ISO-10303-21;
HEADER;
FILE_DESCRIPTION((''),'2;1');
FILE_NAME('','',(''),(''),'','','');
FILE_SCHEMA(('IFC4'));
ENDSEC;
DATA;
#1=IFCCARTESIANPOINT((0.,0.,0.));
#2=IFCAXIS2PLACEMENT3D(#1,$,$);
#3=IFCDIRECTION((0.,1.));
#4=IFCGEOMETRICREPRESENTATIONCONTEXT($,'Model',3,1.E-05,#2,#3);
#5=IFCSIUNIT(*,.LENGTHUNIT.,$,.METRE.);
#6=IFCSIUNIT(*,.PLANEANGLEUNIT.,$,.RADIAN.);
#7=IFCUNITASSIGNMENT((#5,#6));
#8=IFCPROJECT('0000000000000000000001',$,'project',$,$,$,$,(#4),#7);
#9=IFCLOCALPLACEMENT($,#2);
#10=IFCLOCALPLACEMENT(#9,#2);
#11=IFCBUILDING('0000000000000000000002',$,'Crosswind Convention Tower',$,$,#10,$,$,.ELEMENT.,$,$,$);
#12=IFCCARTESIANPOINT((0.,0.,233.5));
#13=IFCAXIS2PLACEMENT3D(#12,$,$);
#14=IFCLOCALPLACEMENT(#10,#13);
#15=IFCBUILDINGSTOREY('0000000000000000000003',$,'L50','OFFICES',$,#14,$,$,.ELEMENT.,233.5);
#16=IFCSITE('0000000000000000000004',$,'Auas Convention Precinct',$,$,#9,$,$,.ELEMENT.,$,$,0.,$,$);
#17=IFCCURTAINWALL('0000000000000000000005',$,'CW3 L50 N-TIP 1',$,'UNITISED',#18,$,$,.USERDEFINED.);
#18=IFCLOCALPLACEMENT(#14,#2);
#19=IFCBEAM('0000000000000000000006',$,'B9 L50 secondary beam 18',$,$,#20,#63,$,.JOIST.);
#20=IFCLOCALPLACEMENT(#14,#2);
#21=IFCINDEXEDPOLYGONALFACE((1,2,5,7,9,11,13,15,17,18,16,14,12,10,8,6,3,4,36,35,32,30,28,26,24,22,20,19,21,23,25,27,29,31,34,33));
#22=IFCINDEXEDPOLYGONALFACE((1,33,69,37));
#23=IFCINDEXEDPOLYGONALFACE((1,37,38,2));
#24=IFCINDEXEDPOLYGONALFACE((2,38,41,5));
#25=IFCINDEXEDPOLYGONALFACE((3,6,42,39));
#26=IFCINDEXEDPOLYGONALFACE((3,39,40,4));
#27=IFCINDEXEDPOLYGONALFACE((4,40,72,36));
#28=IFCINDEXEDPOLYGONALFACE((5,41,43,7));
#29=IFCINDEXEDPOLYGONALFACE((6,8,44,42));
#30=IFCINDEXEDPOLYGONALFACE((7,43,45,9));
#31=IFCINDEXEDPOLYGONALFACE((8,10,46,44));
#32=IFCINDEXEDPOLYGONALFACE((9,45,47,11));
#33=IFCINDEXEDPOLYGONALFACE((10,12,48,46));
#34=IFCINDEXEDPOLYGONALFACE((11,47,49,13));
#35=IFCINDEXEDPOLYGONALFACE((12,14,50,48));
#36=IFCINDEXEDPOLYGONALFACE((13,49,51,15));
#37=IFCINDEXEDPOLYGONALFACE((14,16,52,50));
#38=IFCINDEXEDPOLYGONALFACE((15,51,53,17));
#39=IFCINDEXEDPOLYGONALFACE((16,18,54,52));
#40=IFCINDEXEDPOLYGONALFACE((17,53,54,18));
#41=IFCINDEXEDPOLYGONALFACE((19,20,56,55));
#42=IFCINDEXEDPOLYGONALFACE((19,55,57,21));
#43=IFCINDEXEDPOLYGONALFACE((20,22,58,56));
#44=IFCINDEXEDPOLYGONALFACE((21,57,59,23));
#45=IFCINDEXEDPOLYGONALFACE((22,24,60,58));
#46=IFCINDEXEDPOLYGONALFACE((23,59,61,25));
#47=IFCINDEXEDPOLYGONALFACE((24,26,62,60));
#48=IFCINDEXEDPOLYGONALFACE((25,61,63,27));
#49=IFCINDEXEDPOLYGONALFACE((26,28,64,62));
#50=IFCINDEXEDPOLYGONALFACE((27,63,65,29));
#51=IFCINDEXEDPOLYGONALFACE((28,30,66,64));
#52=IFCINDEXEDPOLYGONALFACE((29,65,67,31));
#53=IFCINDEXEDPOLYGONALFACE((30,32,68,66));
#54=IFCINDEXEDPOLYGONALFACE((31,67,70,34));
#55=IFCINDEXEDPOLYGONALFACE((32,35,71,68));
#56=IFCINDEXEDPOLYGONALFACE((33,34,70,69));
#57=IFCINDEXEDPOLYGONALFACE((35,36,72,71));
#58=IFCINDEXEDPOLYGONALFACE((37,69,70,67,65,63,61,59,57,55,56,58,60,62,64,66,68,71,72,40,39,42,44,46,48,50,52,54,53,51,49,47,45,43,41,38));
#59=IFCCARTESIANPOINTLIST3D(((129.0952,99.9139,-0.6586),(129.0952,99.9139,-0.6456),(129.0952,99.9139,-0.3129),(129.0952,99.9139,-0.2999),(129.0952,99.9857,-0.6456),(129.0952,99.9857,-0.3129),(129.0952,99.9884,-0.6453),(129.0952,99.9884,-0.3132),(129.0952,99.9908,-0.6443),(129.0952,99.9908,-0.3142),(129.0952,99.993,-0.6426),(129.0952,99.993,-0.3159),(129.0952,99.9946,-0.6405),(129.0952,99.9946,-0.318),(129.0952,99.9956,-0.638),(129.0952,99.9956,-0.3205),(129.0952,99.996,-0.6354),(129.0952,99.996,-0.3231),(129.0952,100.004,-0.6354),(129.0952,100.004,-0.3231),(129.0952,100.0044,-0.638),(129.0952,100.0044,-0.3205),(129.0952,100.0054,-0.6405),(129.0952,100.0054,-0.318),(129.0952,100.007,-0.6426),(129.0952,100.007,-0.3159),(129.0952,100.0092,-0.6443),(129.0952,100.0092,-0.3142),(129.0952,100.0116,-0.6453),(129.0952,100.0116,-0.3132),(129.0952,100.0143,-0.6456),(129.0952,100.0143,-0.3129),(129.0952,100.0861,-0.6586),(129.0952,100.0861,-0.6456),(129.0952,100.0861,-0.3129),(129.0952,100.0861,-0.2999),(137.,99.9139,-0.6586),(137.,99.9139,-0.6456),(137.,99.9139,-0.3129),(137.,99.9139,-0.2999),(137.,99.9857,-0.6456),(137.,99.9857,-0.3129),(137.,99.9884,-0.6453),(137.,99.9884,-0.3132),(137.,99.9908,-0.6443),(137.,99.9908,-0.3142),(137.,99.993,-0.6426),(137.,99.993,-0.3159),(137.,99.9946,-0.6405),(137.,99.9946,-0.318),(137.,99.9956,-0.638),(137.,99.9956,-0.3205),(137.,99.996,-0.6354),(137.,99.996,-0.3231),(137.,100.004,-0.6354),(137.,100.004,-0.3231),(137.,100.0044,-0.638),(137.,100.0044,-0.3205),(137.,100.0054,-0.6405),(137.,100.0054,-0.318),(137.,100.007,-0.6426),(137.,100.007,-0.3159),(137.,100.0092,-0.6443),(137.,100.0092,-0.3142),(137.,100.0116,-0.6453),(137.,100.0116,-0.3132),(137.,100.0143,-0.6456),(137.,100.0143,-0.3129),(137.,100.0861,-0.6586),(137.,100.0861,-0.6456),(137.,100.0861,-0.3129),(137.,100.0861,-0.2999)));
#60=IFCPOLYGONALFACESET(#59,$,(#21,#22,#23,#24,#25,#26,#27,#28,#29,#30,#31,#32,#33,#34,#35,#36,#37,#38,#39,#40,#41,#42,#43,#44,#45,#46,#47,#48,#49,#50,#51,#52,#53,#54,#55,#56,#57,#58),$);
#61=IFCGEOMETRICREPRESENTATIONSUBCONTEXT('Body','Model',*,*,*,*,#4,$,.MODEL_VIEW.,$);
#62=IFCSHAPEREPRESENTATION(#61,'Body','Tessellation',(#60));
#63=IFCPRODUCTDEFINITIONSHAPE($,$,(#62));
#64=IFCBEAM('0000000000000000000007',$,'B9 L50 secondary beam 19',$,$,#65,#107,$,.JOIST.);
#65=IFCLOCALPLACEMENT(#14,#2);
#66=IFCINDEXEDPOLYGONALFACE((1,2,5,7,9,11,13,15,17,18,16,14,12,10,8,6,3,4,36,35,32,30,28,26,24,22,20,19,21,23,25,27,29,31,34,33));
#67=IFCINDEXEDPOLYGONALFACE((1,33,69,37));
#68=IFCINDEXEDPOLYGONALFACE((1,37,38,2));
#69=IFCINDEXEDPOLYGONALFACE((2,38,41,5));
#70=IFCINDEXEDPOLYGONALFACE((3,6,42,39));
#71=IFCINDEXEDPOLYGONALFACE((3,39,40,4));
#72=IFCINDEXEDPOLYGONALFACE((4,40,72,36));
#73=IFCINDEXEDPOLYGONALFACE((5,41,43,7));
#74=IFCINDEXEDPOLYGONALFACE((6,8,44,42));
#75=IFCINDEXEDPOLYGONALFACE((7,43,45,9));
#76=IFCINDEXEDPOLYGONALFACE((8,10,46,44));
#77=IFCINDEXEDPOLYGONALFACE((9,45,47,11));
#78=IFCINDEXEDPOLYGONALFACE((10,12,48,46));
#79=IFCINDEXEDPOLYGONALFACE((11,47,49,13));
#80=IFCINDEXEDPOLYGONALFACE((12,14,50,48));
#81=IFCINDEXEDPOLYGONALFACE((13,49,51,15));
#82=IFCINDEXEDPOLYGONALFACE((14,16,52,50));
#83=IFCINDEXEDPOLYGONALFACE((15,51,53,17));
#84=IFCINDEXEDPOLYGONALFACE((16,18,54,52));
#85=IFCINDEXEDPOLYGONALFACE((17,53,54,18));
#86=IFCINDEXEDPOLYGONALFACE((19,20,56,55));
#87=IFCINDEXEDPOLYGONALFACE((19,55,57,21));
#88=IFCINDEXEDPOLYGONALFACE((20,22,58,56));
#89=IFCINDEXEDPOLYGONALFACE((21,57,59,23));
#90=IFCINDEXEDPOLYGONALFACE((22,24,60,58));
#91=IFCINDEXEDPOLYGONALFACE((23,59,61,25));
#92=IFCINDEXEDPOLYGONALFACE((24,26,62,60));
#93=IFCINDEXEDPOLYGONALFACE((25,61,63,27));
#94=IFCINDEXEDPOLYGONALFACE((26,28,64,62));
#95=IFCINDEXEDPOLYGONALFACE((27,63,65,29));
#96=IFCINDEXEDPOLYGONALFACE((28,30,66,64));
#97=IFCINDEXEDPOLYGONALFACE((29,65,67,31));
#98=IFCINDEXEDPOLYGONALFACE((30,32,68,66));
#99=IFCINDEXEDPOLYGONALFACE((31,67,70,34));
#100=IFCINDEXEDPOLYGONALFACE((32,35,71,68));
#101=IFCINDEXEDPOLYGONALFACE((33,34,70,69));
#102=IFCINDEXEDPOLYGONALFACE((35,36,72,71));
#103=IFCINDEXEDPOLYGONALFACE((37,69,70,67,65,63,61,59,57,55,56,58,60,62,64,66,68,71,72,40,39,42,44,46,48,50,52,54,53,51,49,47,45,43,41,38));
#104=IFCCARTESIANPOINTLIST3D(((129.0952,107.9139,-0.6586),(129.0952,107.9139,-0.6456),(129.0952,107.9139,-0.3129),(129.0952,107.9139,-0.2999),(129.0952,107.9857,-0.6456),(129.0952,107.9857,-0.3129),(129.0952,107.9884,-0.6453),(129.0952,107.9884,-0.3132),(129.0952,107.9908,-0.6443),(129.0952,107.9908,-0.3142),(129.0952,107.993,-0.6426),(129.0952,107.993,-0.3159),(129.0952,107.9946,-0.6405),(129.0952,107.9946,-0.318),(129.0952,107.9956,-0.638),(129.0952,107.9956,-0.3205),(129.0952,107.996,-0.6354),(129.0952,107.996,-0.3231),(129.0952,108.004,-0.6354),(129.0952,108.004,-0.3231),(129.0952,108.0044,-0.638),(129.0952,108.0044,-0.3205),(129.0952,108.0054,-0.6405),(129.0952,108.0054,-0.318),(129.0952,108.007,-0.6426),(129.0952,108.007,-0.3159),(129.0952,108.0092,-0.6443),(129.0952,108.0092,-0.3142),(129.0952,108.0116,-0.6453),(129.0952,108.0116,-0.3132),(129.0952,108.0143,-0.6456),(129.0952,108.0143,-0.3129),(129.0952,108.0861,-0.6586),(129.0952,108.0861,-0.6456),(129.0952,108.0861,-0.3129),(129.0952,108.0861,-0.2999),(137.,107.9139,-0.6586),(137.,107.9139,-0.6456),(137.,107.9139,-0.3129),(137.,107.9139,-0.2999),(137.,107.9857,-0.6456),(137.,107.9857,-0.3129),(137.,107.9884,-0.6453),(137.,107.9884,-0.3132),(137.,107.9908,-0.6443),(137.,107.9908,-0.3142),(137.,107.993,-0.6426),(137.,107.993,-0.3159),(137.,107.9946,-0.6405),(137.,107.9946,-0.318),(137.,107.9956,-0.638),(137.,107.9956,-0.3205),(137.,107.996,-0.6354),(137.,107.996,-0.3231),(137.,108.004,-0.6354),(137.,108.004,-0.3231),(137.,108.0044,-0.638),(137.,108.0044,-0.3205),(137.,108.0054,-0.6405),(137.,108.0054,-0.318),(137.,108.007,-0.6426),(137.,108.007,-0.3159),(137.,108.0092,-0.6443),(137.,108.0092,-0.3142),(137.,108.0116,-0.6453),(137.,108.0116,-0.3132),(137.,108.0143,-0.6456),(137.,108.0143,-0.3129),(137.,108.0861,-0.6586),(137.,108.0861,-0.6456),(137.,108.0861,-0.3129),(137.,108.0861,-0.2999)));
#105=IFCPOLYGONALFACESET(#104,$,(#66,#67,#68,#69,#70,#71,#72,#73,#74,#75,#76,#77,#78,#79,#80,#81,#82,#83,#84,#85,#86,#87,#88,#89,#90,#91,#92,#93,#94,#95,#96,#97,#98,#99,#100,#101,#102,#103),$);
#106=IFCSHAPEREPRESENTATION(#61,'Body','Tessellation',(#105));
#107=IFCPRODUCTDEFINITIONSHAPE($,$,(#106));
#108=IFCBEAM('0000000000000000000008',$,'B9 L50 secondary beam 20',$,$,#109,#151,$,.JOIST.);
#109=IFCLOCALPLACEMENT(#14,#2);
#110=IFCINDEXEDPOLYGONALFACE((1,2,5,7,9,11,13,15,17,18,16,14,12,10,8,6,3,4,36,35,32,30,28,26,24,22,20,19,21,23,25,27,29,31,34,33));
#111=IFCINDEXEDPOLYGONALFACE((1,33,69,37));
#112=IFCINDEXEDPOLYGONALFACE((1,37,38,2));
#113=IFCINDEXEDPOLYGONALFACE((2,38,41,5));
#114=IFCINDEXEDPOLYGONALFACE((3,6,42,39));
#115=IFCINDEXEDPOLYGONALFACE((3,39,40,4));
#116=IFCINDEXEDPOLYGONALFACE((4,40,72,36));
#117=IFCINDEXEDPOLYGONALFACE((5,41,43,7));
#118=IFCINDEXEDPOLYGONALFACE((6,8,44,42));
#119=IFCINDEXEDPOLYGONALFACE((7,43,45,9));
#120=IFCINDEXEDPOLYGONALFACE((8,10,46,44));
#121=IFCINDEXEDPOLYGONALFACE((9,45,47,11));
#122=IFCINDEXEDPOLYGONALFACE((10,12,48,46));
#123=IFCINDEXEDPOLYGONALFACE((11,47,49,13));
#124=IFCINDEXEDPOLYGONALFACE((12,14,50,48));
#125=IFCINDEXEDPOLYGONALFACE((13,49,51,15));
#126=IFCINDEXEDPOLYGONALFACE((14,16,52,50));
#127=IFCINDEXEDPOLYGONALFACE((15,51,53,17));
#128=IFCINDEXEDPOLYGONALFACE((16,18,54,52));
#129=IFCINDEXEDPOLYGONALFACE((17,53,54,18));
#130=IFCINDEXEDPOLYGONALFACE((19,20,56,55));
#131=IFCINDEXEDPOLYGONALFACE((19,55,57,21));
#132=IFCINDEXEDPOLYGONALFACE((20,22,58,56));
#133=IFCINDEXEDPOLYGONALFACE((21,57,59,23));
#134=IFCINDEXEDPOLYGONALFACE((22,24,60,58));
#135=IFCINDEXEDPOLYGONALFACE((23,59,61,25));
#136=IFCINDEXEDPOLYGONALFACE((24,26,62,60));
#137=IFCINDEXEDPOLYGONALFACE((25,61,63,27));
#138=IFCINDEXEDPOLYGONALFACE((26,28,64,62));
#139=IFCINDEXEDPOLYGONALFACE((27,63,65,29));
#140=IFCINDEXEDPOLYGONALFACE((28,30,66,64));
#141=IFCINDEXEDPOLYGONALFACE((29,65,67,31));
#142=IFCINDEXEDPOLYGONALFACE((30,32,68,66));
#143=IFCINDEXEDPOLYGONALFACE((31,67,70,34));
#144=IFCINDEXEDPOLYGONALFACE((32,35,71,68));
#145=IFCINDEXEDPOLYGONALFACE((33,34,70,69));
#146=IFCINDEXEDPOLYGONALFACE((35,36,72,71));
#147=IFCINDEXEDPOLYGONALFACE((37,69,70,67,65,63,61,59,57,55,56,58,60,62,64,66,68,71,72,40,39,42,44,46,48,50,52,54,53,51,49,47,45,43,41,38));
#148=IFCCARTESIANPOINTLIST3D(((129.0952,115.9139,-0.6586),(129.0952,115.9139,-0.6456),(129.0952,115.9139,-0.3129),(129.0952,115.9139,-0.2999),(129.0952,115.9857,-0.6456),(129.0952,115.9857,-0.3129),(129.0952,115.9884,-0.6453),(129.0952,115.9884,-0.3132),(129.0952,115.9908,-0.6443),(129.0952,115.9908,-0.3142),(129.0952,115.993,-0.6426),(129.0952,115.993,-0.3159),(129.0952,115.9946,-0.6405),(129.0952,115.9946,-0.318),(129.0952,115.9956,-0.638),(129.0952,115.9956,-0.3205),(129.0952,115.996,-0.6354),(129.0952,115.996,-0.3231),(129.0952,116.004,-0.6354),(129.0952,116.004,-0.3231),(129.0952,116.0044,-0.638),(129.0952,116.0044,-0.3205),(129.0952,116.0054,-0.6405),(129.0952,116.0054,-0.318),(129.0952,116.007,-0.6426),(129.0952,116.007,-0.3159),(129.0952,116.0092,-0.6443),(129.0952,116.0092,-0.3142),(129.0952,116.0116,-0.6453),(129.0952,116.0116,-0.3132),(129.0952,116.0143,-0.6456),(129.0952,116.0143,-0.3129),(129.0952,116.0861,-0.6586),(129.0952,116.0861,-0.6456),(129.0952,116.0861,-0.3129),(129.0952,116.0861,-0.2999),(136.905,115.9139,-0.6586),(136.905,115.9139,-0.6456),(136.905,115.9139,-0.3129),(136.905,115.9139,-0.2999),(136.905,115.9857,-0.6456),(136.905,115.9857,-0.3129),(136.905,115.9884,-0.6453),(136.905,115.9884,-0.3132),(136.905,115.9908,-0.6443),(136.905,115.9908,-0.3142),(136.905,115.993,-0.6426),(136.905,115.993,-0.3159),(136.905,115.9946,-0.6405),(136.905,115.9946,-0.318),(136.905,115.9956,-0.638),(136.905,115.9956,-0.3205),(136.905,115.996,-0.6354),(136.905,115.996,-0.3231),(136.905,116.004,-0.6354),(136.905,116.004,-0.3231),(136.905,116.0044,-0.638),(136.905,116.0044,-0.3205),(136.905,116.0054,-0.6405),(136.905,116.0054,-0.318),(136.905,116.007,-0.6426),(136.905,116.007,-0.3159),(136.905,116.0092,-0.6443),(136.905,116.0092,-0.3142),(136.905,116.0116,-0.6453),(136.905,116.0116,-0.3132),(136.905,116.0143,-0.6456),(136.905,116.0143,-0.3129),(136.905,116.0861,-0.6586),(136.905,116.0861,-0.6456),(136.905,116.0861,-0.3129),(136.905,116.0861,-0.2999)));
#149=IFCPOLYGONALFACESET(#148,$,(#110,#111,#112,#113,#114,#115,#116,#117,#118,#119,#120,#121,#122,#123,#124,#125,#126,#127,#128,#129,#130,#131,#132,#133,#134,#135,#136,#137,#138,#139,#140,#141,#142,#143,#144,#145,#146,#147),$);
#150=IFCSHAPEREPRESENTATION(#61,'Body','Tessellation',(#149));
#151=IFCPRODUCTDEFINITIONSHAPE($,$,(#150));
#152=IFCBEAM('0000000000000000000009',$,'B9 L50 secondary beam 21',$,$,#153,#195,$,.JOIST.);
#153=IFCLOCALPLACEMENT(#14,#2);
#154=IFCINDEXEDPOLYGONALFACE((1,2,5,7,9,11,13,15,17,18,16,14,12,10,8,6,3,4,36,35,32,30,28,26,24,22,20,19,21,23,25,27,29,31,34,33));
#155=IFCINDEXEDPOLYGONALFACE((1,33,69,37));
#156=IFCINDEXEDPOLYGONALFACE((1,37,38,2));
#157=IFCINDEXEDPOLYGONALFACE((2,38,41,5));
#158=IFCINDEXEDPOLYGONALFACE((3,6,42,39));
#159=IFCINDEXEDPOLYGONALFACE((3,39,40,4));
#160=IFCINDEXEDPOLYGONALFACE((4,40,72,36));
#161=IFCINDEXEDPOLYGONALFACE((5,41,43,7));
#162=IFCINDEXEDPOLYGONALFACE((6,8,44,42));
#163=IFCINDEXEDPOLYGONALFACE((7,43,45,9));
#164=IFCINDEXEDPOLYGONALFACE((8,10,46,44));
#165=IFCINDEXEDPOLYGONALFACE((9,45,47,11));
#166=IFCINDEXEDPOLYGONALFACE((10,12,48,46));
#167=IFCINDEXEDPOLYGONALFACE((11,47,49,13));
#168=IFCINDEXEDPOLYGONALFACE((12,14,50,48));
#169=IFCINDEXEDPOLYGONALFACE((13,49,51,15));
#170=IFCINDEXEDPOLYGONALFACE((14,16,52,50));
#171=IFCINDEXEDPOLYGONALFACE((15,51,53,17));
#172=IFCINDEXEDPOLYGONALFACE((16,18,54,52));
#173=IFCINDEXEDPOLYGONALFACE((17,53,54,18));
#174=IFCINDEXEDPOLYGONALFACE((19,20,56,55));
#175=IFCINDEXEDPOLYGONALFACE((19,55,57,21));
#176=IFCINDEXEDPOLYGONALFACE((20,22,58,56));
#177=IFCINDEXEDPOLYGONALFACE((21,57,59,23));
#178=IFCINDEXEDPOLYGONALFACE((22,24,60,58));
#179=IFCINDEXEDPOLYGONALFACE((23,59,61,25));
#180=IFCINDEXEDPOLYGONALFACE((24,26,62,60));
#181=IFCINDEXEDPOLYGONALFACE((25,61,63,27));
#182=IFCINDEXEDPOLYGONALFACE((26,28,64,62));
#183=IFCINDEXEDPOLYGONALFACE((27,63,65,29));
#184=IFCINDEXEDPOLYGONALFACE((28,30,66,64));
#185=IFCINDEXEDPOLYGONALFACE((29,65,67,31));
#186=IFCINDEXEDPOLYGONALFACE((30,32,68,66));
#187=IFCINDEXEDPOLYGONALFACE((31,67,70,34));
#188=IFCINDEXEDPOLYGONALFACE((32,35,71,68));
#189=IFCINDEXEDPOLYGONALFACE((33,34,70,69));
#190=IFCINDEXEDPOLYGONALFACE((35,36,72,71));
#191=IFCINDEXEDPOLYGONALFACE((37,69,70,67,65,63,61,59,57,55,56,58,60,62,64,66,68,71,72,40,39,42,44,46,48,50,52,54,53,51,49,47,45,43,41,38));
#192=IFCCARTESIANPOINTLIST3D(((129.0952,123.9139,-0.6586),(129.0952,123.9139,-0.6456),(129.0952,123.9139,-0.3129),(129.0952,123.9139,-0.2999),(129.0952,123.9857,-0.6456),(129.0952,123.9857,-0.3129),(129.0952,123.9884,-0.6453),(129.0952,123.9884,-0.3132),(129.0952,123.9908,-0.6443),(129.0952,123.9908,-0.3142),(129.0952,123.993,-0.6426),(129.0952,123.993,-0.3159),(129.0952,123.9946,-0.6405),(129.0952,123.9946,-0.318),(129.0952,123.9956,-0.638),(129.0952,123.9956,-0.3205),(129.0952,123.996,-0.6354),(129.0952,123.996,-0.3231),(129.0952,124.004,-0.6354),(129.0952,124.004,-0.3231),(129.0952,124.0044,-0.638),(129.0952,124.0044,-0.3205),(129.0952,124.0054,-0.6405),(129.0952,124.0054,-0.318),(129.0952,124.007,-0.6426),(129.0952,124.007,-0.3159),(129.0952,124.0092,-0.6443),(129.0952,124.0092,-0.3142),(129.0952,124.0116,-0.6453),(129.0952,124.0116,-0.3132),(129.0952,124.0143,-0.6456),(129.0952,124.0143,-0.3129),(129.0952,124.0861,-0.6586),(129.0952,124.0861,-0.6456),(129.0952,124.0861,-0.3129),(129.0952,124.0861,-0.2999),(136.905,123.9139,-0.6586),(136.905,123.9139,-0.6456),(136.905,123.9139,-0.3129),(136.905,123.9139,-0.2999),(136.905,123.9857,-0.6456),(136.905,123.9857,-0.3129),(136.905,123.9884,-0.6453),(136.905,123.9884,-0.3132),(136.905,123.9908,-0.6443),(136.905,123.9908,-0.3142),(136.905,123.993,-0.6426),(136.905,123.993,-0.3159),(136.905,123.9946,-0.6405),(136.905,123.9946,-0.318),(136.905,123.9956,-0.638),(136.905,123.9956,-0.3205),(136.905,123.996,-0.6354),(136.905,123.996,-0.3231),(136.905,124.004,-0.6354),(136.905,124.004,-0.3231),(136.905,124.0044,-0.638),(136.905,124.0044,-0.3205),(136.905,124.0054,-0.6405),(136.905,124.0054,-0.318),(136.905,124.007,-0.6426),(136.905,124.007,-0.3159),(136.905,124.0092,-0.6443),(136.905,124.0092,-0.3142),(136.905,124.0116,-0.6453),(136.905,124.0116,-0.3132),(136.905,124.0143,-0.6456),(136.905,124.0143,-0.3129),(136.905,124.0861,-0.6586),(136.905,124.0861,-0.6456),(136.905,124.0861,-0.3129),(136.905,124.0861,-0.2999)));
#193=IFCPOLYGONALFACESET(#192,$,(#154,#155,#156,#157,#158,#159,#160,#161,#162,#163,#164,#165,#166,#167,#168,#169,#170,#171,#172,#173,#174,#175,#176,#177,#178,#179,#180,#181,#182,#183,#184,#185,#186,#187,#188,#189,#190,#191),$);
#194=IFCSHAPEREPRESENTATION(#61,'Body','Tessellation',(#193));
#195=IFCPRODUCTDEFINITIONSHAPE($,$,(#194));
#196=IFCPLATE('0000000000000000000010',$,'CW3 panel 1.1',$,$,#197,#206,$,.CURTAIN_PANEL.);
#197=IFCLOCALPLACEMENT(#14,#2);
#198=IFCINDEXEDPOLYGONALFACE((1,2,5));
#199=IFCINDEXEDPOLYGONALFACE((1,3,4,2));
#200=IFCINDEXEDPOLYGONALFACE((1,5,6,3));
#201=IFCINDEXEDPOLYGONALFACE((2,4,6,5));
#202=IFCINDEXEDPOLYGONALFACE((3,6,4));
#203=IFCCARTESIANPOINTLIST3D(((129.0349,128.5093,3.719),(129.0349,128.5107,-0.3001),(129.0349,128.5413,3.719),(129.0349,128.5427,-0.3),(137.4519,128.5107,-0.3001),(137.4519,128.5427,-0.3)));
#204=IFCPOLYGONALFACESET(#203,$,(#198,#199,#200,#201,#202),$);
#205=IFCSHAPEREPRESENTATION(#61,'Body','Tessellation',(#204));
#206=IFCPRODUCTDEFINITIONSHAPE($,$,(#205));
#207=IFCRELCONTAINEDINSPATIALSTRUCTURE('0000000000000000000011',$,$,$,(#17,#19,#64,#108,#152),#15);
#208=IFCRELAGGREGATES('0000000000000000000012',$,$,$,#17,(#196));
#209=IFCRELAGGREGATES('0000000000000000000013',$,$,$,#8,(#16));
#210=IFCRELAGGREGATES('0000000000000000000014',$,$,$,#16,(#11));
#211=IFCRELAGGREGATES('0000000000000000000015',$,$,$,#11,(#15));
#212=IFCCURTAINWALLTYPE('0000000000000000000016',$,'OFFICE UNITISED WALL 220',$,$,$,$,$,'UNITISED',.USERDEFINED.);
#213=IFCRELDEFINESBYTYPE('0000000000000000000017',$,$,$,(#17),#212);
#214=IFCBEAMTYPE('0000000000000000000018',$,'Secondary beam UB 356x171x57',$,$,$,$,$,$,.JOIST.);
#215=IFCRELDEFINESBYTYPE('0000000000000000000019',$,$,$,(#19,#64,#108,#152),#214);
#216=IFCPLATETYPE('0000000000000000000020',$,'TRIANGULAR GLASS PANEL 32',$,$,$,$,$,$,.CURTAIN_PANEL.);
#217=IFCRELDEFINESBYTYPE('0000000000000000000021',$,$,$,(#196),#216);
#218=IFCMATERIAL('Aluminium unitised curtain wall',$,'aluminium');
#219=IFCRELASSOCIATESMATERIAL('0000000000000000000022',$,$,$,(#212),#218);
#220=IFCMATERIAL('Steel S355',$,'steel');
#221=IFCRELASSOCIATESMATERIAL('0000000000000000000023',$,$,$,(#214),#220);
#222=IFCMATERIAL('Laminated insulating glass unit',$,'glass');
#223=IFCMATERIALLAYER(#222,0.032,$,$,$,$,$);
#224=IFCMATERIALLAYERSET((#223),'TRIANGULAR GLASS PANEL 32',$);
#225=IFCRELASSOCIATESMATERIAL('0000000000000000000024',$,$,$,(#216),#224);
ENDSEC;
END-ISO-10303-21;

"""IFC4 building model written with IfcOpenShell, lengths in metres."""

from ifc_helpers import new_model, si_unit, direction, frame, origin, origin_2d, place, context, subcontext, project, spatial, polyline, i_section, outline, extrude, material, layer, layer_set, material_profile, profile_set, type_object, element, aggregate, save


model = new_model("IFC4")

# Units and contexts
model_context = context("Model", 3, precision=1e-05, world=origin(), true_north=direction((0.0, 1.0)))
body_context = subcontext(model_context, "Body", "Model", "MODEL_VIEW")
ifc_project = project(units=[si_unit("LENGTHUNIT", "METRE"), si_unit("PLANEANGLEUNIT", "RADIAN")], contexts=[model_context])

# Site, building, storey
site_placement = place(None, origin())
site = spatial("IfcSite", under=ifc_project, at=site_placement, Name="Auas Convention Precinct", CompositionType="ELEMENT", RefElevation=0.0)
building_placement = place(site_placement, origin())
building = spatial("IfcBuilding", under=site, at=building_placement, Name="Crosswind Convention Tower", CompositionType="ELEMENT")
storey_placement = place(building_placement, frame((0.0, 0.0, 233.5)))
storey = spatial("IfcBuildingStorey", under=building, at=storey_placement, Name="L50", Description="OFFICES", CompositionType="ELEMENT", Elevation=233.5)

# Shared definitions
ifc_material_1 = material(Name="Steel S355", Category="steel")

# Curtain wall
ifc_material_2 = material(Name="Aluminium unitised curtain wall", Category="aluminium")
curtain_wall_type = type_object("IfcCurtainWallType", Name="OFFICE UNITISED WALL 220", ElementType="UNITISED", PredefinedType="USERDEFINED", material=ifc_material_2)
curtain_wall_placement = place(storey_placement, origin())
curtain_wall = element("IfcCurtainWall", 1, at=curtain_wall_placement, inside=storey, type_object=curtain_wall_type, Name="CW3 L50 N-TIP 1", ObjectType="UNITISED", PredefinedType="USERDEFINED")

# Beams
ifc_material_profile_1 = material_profile(ifc_material_1, i_section(OverallWidth=0.1721, OverallDepth=0.3586, WebThickness=0.0081, FlangeThickness=0.0129, FilletRadius=0.0103, at=origin_2d()), Name="UB 356x171x57")
ifc_profile_set_1 = profile_set([ifc_material_profile_1], Name="Steel S355")
beam_type_1 = type_object("IfcBeamType", Name="Secondary beam UB 356x171x57", PredefinedType="JOIST", material=ifc_profile_set_1)
for number, where, z_axis, x_axis, name in (
    (2, (129.0952, 100.0, -0.4792), (1.0, 0.0, 0.0), (0.0, 1.0, 0.0), "B9 L50 secondary beam 18"),
    (3, (129.0952, 108.0, -0.4792), (1.0, 0.0, 0.0), (0.0, 1.0, 0.0), "B9 L50 secondary beam 19"),
):
    element("IfcBeam", number, at=place(storey_placement, frame(where, z_axis=z_axis, x_axis=x_axis)), inside=storey, type_object=beam_type_1, Name=name, PredefinedType="JOIST", context=body_context, shape_type="SweptSolid", body=[
        extrude(i_section(OverallWidth=0.1721, OverallDepth=0.3586, WebThickness=0.0081, FlangeThickness=0.0129, FilletRadius=0.0103, at=origin_2d()), origin(), (0.0, 0.0, 1.0), 7.9048),
    ])
for number, where, z_axis, x_axis, name in (
    (4, (129.0952, 116.0, -0.4792), (1.0, 0.0, 0.0), (0.0, 1.0, 0.0), "B9 L50 secondary beam 20"),
    (5, (129.0952, 124.0, -0.4792), (1.0, 0.0, 0.0), (0.0, 1.0, 0.0), "B9 L50 secondary beam 21"),
):
    element("IfcBeam", number, at=place(storey_placement, frame(where, z_axis=z_axis, x_axis=x_axis)), inside=storey, type_object=beam_type_1, Name=name, PredefinedType="JOIST", context=body_context, shape_type="SweptSolid", body=[
        extrude(i_section(OverallWidth=0.1721, OverallDepth=0.3586, WebThickness=0.0081, FlangeThickness=0.0129, FilletRadius=0.0103, at=origin_2d()), origin(), (0.0, 0.0, 1.0), 7.8098),
    ])

# Plate
ifc_material_3 = material(Name="Laminated insulating glass unit", Category="glass")
ifc_layer_1 = layer(ifc_material_3, 0.032)
ifc_layer_set_1 = layer_set([ifc_layer_1], Name="TRIANGULAR GLASS PANEL 32")
plate_type = type_object("IfcPlateType", Name="TRIANGULAR GLASS PANEL 32", PredefinedType="CURTAIN_PANEL", material=ifc_layer_set_1)
plate_1_placement = place(storey_placement, frame((129.0349, 128.5427, -0.3), z_axis=(0.0, 1.0, 0.000364), x_axis=(0.0, -0.000364, 1.0)))
plate_1 = element("IfcPlate", 6, at=plate_1_placement, type_object=plate_type, Name="CW3 panel 1.1", PredefinedType="CURTAIN_PANEL", context=body_context, shape_type="SweptSolid", body=[
    extrude(outline(polyline([(0.0, 0.0), (4.019, 0.0), (0.0, 8.417), (0.0, 0.0)])), origin(), (0.0, 0.0, -1.0), 0.032),
])
aggregate(curtain_wall, [plate_1])

save(model, "model.ifc")
